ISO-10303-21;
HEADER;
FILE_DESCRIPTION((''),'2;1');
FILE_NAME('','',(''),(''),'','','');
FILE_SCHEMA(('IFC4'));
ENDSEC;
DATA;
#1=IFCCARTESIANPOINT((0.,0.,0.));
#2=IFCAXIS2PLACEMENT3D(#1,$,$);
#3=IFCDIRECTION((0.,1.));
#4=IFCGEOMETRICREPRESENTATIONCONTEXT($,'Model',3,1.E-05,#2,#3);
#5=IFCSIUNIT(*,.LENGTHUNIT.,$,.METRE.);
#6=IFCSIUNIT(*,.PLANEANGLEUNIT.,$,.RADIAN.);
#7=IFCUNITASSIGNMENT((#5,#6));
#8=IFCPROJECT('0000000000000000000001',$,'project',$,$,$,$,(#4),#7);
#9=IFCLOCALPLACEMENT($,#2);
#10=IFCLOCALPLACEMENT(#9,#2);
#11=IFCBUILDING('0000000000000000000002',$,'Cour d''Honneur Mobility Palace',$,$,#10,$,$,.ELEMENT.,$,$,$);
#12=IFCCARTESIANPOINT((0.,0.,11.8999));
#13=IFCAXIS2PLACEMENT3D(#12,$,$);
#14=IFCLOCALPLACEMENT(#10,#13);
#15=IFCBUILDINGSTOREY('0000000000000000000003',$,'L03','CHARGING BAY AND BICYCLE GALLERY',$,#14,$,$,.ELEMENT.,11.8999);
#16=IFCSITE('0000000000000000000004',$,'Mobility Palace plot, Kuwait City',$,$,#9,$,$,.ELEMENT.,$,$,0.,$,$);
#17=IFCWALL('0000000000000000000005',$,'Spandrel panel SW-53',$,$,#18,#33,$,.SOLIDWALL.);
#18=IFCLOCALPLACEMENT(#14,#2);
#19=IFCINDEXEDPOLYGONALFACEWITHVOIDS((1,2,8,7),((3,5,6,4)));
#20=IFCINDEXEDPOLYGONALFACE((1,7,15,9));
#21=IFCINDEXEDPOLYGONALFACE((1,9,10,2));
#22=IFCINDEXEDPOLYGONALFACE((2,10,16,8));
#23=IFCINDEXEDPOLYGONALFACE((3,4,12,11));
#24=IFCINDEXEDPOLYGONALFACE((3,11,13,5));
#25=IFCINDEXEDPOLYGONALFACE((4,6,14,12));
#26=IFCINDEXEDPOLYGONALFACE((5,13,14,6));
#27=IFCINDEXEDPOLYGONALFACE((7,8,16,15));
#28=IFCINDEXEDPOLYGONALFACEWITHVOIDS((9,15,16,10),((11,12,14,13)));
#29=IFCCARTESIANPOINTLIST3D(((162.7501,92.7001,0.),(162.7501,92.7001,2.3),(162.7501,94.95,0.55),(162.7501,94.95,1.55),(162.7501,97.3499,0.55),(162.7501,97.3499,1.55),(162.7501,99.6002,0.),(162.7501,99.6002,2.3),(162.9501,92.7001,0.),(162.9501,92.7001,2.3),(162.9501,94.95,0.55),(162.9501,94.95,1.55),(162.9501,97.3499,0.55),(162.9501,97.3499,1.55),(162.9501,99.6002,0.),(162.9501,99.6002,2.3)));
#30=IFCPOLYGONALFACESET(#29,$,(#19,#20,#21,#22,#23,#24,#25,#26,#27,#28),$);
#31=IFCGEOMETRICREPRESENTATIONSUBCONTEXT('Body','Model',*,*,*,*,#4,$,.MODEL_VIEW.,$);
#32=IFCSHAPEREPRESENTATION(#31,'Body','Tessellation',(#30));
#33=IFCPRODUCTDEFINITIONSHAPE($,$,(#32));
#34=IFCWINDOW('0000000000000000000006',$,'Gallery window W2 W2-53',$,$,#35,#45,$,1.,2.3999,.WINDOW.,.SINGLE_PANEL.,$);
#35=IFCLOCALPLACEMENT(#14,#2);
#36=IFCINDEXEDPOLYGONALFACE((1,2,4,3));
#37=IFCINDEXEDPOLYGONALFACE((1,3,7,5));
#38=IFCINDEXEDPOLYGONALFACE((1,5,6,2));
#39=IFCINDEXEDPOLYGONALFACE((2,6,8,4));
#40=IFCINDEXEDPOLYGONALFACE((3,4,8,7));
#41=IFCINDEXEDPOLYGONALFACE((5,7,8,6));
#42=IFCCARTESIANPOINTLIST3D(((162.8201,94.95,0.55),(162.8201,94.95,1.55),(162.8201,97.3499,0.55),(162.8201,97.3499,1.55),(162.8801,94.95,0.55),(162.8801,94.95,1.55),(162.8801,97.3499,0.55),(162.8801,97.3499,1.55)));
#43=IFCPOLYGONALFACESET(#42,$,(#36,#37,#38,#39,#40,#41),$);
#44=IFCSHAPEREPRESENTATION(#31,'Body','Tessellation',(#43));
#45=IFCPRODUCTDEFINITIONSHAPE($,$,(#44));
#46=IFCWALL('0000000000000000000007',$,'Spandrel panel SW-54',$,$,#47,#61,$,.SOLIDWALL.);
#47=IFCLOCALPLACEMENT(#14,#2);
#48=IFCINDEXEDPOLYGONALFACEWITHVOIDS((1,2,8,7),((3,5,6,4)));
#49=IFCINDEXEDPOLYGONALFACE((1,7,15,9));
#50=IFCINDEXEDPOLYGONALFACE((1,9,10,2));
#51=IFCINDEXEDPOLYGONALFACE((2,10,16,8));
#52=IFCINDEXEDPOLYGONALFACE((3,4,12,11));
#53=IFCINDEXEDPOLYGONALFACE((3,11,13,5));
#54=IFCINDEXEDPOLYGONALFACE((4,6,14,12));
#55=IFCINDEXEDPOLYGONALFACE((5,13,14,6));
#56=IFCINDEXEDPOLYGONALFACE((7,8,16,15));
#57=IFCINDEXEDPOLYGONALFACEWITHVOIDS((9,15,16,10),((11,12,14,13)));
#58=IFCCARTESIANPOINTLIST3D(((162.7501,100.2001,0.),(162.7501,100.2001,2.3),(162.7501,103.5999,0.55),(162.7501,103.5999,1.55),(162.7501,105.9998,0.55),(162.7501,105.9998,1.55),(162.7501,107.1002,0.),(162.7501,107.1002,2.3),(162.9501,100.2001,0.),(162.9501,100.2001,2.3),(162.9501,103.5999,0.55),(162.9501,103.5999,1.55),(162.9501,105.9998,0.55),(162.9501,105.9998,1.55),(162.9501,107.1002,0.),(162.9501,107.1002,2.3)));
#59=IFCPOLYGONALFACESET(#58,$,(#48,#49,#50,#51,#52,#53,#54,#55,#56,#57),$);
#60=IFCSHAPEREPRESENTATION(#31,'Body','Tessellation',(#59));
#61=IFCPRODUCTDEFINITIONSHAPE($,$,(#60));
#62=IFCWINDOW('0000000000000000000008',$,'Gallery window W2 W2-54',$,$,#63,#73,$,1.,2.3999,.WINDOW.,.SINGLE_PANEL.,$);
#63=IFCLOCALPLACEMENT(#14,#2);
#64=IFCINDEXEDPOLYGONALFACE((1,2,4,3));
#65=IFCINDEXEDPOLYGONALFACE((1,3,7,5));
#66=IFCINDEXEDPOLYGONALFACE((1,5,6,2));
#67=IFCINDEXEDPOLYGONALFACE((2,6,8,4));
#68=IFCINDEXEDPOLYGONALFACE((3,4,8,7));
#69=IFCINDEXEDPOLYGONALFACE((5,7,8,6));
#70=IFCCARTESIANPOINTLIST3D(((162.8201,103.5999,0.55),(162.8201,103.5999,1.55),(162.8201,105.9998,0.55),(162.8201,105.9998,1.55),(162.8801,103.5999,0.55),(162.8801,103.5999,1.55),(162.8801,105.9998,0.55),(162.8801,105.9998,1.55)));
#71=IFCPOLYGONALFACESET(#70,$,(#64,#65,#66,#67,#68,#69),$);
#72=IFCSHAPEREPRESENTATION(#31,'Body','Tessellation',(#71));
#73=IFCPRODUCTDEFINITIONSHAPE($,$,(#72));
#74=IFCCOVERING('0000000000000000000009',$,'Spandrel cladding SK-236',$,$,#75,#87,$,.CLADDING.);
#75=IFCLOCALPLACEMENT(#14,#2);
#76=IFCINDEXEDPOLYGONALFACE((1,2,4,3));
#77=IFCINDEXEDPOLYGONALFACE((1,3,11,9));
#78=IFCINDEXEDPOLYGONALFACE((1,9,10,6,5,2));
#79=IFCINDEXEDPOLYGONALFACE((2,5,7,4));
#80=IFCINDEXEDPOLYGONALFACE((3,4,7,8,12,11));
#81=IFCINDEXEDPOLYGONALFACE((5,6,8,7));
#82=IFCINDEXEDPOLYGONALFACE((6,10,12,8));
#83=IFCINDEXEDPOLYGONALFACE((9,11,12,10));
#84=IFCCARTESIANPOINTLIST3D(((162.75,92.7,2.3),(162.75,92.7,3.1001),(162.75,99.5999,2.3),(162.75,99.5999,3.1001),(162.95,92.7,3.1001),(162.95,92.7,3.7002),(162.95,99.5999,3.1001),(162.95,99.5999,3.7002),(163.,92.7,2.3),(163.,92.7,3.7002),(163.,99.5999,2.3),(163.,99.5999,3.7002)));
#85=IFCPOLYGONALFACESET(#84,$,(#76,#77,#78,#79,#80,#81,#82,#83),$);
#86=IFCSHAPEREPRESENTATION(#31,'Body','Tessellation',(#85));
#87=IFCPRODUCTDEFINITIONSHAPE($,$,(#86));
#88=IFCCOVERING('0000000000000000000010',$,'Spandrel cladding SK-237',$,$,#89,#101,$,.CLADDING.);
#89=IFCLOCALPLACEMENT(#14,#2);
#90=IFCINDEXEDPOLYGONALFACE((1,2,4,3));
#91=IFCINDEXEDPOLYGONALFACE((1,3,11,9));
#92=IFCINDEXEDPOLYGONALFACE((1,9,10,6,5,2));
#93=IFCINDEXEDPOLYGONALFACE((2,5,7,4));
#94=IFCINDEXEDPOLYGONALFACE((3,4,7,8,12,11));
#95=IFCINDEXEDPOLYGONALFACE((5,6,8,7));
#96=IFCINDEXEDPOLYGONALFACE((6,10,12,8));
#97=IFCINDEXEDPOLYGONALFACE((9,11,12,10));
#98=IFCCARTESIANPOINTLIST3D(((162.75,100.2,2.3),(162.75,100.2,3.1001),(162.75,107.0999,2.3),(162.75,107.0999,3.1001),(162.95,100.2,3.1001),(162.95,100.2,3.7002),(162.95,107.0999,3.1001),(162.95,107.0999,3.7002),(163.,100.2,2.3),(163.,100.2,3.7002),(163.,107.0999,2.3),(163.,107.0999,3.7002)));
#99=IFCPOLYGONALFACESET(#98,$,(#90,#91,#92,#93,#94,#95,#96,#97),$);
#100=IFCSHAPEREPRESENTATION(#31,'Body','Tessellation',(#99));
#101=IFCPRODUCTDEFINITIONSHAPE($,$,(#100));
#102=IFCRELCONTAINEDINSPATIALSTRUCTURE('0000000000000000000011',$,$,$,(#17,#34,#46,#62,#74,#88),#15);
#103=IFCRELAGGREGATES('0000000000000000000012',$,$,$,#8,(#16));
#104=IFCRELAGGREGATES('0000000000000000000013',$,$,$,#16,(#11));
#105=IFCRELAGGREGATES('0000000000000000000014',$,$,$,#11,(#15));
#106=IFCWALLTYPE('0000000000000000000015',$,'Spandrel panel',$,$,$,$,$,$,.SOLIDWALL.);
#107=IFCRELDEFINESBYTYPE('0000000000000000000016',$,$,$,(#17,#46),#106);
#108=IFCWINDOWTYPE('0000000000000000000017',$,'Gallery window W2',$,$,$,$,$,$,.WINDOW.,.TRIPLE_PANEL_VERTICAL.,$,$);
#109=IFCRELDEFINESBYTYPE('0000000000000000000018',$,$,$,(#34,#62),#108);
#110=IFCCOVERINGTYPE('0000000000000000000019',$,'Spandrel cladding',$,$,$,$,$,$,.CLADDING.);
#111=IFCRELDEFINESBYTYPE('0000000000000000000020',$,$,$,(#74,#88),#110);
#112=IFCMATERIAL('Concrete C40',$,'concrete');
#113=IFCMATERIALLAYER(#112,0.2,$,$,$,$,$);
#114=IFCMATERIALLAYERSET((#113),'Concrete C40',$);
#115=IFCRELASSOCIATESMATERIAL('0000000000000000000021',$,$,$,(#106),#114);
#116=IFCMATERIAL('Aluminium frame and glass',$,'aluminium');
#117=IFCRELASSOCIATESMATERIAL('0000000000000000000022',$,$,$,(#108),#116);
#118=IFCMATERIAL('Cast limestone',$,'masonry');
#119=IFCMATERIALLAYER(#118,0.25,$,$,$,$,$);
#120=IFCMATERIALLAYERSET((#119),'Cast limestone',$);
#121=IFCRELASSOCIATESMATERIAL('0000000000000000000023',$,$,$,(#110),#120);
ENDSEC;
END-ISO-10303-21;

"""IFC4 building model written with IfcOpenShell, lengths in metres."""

from ifc_helpers import new_model, si_unit, direction, frame, frame_2d, origin, place, context, subcontext, project, spatial, polyline, rectangle, outline, extrude, material, layer, layer_set, type_object, element, fill, save


model = new_model("IFC4")

# Units and contexts
model_context = context("Model", 3, precision=1e-05, world=origin(), true_north=direction((0.0, 1.0)))
body_context = subcontext(model_context, "Body", "Model", "MODEL_VIEW")
ifc_project = project(units=[si_unit("LENGTHUNIT", "METRE"), si_unit("PLANEANGLEUNIT", "RADIAN")], contexts=[model_context])

# Site, building, storey
site_placement = place(None, origin())
site = spatial("IfcSite", under=ifc_project, at=site_placement, Name="Mobility Palace plot, Kuwait City", CompositionType="ELEMENT", RefElevation=0.0)
building_placement = place(site_placement, origin())
building = spatial("IfcBuilding", under=site, at=building_placement, Name="Cour d'Honneur Mobility Palace", CompositionType="ELEMENT")
storey_placement = place(building_placement, frame((0.0, 0.0, 11.8999)))
storey = spatial("IfcBuildingStorey", under=building, at=storey_placement, Name="L03", Description="CHARGING BAY AND BICYCLE GALLERY", CompositionType="ELEMENT", Elevation=11.8999)

# Walls, openings, windows
ifc_material_1 = material(Name="Concrete C40", Category="concrete")
ifc_layer_1 = layer(ifc_material_1, 0.2)
ifc_layer_set_1 = layer_set([ifc_layer_1], Name="Concrete C40")
wall_type_1 = type_object("IfcWallType", Name="Spandrel panel", PredefinedType="SOLIDWALL", material=ifc_layer_set_1)
wall_1_placement = place(storey_placement, frame((162.8501, 92.7, 0.0), z_axis=(0.0, 0.0, 1.0), x_axis=(0.0, 1.0, 0.0)))
wall_1 = element("IfcWall", 1, at=wall_1_placement, inside=storey, type_object=wall_type_1, Name="Spandrel panel SW-53", PredefinedType="SOLIDWALL", context=body_context, shape_type="SweptSolid", body=[
    extrude(rectangle(XDim=6.9001, YDim=0.2, at=frame_2d((3.4502, 0.0))), origin(), (0.0, 0.0, 1.0), 2.3),
])
opening_1_placement = place(wall_1_placement, frame((2.25, 0.0, 0.55)))
opening_1 = element("IfcOpeningElement", 2, at=opening_1_placement, cuts=wall_1, PredefinedType="OPENING", context=body_context, shape_type="SweptSolid", body=[
    extrude(rectangle(XDim=2.3999, YDim=1.0, at=frame_2d((1.2, 0.5))), frame((0.0, 0.1099, 0.0), z_axis=(0.0, -1.0, 0.0), x_axis=(1.0, 0.0, 0.0)), (0.0, 0.0, 1.0), 0.22),
])
ifc_material_2 = material(Name="Aluminium frame and glass", Category="aluminium")
window_type = type_object("IfcWindowType", Name="Gallery window W2", PartitioningType="TRIPLE_PANEL_VERTICAL", PredefinedType="WINDOW", material=ifc_material_2)
window_1_placement = place(opening_1_placement, origin())
window_1 = element("IfcWindow", 3, at=window_1_placement, inside=storey, type_object=window_type, Name="Gallery window W2 W2-53", OverallHeight=1.0, OverallWidth=2.3999, PartitioningType="SINGLE_PANEL", PredefinedType="WINDOW", context=body_context, shape_type="SweptSolid", body=[
    extrude(rectangle(XDim=2.3999, YDim=1.0, at=frame_2d((1.2, 0.5))), frame((0.0, 0.03, 0.0), z_axis=(0.0, -1.0, 0.0), x_axis=(1.0, 0.0, 0.0)), (0.0, 0.0, 1.0), 0.0601),
])
fill(opening_1, window_1)
wall_2_placement = place(storey_placement, frame((162.8501, 100.2, 0.0), z_axis=(0.0, 0.0, 1.0), x_axis=(0.0, 1.0, 0.0)))
wall_2 = element("IfcWall", 4, at=wall_2_placement, inside=storey, type_object=wall_type_1, Name="Spandrel panel SW-54", PredefinedType="SOLIDWALL", context=body_context, shape_type="SweptSolid", body=[
    extrude(rectangle(XDim=6.9001, YDim=0.2, at=frame_2d((3.4502, 0.0))), origin(), (0.0, 0.0, 1.0), 2.3),
])
opening_2_placement = place(wall_2_placement, frame((3.3999, 0.0, 0.55)))
opening_2 = element("IfcOpeningElement", 5, at=opening_2_placement, cuts=wall_2, PredefinedType="OPENING", context=body_context, shape_type="SweptSolid", body=[
    extrude(rectangle(XDim=2.3999, YDim=1.0, at=frame_2d((1.2, 0.5))), frame((0.0, 0.1099, 0.0), z_axis=(0.0, -1.0, 0.0), x_axis=(1.0, 0.0, 0.0)), (0.0, 0.0, 1.0), 0.22),
])
window_2_placement = place(opening_2_placement, origin())
window_2 = element("IfcWindow", 6, at=window_2_placement, inside=storey, type_object=window_type, Name="Gallery window W2 W2-54", OverallHeight=1.0, OverallWidth=2.3999, PartitioningType="SINGLE_PANEL", PredefinedType="WINDOW", context=body_context, shape_type="SweptSolid", body=[
    extrude(rectangle(XDim=2.3999, YDim=1.0, at=frame_2d((1.2, 0.5))), frame((0.0, 0.03, 0.0), z_axis=(0.0, -1.0, 0.0), x_axis=(1.0, 0.0, 0.0)), (0.0, 0.0, 1.0), 0.0601),
])
fill(opening_2, window_2)

# Coverings
ifc_material_3 = material(Name="Cast limestone", Category="masonry")
ifc_layer_2 = layer(ifc_material_3, 0.25)
ifc_layer_set_2 = layer_set([ifc_layer_2], Name="Cast limestone")
covering_type = type_object("IfcCoveringType", Name="Spandrel cladding", PredefinedType="CLADDING", material=ifc_layer_set_2)
for number, where, z_axis, x_axis, name in (
    (7, (162.75, 92.7, 2.3), (0.0, -1.0, 0.0), (1.0, 0.0, 0.0), "Spandrel cladding SK-236"),
    (8, (162.75, 100.2, 2.3), (0.0, -1.0, 0.0), (1.0, 0.0, 0.0), "Spandrel cladding SK-237"),
):
    element("IfcCovering", number, at=place(storey_placement, frame(where, z_axis=z_axis, x_axis=x_axis)), inside=storey, type_object=covering_type, Name=name, PredefinedType="CLADDING", context=body_context, shape_type="SweptSolid", body=[
        extrude(outline(polyline([(0.0, 0.0), (0.25, 0.0), (0.25, 1.4001), (0.2, 1.4001), (0.2, 0.8), (0.0, 0.8), (0.0, 0.0)])), origin(), (0.0, 0.0, -1.0), 6.8999),
    ])

save(model, "model.ifc")
